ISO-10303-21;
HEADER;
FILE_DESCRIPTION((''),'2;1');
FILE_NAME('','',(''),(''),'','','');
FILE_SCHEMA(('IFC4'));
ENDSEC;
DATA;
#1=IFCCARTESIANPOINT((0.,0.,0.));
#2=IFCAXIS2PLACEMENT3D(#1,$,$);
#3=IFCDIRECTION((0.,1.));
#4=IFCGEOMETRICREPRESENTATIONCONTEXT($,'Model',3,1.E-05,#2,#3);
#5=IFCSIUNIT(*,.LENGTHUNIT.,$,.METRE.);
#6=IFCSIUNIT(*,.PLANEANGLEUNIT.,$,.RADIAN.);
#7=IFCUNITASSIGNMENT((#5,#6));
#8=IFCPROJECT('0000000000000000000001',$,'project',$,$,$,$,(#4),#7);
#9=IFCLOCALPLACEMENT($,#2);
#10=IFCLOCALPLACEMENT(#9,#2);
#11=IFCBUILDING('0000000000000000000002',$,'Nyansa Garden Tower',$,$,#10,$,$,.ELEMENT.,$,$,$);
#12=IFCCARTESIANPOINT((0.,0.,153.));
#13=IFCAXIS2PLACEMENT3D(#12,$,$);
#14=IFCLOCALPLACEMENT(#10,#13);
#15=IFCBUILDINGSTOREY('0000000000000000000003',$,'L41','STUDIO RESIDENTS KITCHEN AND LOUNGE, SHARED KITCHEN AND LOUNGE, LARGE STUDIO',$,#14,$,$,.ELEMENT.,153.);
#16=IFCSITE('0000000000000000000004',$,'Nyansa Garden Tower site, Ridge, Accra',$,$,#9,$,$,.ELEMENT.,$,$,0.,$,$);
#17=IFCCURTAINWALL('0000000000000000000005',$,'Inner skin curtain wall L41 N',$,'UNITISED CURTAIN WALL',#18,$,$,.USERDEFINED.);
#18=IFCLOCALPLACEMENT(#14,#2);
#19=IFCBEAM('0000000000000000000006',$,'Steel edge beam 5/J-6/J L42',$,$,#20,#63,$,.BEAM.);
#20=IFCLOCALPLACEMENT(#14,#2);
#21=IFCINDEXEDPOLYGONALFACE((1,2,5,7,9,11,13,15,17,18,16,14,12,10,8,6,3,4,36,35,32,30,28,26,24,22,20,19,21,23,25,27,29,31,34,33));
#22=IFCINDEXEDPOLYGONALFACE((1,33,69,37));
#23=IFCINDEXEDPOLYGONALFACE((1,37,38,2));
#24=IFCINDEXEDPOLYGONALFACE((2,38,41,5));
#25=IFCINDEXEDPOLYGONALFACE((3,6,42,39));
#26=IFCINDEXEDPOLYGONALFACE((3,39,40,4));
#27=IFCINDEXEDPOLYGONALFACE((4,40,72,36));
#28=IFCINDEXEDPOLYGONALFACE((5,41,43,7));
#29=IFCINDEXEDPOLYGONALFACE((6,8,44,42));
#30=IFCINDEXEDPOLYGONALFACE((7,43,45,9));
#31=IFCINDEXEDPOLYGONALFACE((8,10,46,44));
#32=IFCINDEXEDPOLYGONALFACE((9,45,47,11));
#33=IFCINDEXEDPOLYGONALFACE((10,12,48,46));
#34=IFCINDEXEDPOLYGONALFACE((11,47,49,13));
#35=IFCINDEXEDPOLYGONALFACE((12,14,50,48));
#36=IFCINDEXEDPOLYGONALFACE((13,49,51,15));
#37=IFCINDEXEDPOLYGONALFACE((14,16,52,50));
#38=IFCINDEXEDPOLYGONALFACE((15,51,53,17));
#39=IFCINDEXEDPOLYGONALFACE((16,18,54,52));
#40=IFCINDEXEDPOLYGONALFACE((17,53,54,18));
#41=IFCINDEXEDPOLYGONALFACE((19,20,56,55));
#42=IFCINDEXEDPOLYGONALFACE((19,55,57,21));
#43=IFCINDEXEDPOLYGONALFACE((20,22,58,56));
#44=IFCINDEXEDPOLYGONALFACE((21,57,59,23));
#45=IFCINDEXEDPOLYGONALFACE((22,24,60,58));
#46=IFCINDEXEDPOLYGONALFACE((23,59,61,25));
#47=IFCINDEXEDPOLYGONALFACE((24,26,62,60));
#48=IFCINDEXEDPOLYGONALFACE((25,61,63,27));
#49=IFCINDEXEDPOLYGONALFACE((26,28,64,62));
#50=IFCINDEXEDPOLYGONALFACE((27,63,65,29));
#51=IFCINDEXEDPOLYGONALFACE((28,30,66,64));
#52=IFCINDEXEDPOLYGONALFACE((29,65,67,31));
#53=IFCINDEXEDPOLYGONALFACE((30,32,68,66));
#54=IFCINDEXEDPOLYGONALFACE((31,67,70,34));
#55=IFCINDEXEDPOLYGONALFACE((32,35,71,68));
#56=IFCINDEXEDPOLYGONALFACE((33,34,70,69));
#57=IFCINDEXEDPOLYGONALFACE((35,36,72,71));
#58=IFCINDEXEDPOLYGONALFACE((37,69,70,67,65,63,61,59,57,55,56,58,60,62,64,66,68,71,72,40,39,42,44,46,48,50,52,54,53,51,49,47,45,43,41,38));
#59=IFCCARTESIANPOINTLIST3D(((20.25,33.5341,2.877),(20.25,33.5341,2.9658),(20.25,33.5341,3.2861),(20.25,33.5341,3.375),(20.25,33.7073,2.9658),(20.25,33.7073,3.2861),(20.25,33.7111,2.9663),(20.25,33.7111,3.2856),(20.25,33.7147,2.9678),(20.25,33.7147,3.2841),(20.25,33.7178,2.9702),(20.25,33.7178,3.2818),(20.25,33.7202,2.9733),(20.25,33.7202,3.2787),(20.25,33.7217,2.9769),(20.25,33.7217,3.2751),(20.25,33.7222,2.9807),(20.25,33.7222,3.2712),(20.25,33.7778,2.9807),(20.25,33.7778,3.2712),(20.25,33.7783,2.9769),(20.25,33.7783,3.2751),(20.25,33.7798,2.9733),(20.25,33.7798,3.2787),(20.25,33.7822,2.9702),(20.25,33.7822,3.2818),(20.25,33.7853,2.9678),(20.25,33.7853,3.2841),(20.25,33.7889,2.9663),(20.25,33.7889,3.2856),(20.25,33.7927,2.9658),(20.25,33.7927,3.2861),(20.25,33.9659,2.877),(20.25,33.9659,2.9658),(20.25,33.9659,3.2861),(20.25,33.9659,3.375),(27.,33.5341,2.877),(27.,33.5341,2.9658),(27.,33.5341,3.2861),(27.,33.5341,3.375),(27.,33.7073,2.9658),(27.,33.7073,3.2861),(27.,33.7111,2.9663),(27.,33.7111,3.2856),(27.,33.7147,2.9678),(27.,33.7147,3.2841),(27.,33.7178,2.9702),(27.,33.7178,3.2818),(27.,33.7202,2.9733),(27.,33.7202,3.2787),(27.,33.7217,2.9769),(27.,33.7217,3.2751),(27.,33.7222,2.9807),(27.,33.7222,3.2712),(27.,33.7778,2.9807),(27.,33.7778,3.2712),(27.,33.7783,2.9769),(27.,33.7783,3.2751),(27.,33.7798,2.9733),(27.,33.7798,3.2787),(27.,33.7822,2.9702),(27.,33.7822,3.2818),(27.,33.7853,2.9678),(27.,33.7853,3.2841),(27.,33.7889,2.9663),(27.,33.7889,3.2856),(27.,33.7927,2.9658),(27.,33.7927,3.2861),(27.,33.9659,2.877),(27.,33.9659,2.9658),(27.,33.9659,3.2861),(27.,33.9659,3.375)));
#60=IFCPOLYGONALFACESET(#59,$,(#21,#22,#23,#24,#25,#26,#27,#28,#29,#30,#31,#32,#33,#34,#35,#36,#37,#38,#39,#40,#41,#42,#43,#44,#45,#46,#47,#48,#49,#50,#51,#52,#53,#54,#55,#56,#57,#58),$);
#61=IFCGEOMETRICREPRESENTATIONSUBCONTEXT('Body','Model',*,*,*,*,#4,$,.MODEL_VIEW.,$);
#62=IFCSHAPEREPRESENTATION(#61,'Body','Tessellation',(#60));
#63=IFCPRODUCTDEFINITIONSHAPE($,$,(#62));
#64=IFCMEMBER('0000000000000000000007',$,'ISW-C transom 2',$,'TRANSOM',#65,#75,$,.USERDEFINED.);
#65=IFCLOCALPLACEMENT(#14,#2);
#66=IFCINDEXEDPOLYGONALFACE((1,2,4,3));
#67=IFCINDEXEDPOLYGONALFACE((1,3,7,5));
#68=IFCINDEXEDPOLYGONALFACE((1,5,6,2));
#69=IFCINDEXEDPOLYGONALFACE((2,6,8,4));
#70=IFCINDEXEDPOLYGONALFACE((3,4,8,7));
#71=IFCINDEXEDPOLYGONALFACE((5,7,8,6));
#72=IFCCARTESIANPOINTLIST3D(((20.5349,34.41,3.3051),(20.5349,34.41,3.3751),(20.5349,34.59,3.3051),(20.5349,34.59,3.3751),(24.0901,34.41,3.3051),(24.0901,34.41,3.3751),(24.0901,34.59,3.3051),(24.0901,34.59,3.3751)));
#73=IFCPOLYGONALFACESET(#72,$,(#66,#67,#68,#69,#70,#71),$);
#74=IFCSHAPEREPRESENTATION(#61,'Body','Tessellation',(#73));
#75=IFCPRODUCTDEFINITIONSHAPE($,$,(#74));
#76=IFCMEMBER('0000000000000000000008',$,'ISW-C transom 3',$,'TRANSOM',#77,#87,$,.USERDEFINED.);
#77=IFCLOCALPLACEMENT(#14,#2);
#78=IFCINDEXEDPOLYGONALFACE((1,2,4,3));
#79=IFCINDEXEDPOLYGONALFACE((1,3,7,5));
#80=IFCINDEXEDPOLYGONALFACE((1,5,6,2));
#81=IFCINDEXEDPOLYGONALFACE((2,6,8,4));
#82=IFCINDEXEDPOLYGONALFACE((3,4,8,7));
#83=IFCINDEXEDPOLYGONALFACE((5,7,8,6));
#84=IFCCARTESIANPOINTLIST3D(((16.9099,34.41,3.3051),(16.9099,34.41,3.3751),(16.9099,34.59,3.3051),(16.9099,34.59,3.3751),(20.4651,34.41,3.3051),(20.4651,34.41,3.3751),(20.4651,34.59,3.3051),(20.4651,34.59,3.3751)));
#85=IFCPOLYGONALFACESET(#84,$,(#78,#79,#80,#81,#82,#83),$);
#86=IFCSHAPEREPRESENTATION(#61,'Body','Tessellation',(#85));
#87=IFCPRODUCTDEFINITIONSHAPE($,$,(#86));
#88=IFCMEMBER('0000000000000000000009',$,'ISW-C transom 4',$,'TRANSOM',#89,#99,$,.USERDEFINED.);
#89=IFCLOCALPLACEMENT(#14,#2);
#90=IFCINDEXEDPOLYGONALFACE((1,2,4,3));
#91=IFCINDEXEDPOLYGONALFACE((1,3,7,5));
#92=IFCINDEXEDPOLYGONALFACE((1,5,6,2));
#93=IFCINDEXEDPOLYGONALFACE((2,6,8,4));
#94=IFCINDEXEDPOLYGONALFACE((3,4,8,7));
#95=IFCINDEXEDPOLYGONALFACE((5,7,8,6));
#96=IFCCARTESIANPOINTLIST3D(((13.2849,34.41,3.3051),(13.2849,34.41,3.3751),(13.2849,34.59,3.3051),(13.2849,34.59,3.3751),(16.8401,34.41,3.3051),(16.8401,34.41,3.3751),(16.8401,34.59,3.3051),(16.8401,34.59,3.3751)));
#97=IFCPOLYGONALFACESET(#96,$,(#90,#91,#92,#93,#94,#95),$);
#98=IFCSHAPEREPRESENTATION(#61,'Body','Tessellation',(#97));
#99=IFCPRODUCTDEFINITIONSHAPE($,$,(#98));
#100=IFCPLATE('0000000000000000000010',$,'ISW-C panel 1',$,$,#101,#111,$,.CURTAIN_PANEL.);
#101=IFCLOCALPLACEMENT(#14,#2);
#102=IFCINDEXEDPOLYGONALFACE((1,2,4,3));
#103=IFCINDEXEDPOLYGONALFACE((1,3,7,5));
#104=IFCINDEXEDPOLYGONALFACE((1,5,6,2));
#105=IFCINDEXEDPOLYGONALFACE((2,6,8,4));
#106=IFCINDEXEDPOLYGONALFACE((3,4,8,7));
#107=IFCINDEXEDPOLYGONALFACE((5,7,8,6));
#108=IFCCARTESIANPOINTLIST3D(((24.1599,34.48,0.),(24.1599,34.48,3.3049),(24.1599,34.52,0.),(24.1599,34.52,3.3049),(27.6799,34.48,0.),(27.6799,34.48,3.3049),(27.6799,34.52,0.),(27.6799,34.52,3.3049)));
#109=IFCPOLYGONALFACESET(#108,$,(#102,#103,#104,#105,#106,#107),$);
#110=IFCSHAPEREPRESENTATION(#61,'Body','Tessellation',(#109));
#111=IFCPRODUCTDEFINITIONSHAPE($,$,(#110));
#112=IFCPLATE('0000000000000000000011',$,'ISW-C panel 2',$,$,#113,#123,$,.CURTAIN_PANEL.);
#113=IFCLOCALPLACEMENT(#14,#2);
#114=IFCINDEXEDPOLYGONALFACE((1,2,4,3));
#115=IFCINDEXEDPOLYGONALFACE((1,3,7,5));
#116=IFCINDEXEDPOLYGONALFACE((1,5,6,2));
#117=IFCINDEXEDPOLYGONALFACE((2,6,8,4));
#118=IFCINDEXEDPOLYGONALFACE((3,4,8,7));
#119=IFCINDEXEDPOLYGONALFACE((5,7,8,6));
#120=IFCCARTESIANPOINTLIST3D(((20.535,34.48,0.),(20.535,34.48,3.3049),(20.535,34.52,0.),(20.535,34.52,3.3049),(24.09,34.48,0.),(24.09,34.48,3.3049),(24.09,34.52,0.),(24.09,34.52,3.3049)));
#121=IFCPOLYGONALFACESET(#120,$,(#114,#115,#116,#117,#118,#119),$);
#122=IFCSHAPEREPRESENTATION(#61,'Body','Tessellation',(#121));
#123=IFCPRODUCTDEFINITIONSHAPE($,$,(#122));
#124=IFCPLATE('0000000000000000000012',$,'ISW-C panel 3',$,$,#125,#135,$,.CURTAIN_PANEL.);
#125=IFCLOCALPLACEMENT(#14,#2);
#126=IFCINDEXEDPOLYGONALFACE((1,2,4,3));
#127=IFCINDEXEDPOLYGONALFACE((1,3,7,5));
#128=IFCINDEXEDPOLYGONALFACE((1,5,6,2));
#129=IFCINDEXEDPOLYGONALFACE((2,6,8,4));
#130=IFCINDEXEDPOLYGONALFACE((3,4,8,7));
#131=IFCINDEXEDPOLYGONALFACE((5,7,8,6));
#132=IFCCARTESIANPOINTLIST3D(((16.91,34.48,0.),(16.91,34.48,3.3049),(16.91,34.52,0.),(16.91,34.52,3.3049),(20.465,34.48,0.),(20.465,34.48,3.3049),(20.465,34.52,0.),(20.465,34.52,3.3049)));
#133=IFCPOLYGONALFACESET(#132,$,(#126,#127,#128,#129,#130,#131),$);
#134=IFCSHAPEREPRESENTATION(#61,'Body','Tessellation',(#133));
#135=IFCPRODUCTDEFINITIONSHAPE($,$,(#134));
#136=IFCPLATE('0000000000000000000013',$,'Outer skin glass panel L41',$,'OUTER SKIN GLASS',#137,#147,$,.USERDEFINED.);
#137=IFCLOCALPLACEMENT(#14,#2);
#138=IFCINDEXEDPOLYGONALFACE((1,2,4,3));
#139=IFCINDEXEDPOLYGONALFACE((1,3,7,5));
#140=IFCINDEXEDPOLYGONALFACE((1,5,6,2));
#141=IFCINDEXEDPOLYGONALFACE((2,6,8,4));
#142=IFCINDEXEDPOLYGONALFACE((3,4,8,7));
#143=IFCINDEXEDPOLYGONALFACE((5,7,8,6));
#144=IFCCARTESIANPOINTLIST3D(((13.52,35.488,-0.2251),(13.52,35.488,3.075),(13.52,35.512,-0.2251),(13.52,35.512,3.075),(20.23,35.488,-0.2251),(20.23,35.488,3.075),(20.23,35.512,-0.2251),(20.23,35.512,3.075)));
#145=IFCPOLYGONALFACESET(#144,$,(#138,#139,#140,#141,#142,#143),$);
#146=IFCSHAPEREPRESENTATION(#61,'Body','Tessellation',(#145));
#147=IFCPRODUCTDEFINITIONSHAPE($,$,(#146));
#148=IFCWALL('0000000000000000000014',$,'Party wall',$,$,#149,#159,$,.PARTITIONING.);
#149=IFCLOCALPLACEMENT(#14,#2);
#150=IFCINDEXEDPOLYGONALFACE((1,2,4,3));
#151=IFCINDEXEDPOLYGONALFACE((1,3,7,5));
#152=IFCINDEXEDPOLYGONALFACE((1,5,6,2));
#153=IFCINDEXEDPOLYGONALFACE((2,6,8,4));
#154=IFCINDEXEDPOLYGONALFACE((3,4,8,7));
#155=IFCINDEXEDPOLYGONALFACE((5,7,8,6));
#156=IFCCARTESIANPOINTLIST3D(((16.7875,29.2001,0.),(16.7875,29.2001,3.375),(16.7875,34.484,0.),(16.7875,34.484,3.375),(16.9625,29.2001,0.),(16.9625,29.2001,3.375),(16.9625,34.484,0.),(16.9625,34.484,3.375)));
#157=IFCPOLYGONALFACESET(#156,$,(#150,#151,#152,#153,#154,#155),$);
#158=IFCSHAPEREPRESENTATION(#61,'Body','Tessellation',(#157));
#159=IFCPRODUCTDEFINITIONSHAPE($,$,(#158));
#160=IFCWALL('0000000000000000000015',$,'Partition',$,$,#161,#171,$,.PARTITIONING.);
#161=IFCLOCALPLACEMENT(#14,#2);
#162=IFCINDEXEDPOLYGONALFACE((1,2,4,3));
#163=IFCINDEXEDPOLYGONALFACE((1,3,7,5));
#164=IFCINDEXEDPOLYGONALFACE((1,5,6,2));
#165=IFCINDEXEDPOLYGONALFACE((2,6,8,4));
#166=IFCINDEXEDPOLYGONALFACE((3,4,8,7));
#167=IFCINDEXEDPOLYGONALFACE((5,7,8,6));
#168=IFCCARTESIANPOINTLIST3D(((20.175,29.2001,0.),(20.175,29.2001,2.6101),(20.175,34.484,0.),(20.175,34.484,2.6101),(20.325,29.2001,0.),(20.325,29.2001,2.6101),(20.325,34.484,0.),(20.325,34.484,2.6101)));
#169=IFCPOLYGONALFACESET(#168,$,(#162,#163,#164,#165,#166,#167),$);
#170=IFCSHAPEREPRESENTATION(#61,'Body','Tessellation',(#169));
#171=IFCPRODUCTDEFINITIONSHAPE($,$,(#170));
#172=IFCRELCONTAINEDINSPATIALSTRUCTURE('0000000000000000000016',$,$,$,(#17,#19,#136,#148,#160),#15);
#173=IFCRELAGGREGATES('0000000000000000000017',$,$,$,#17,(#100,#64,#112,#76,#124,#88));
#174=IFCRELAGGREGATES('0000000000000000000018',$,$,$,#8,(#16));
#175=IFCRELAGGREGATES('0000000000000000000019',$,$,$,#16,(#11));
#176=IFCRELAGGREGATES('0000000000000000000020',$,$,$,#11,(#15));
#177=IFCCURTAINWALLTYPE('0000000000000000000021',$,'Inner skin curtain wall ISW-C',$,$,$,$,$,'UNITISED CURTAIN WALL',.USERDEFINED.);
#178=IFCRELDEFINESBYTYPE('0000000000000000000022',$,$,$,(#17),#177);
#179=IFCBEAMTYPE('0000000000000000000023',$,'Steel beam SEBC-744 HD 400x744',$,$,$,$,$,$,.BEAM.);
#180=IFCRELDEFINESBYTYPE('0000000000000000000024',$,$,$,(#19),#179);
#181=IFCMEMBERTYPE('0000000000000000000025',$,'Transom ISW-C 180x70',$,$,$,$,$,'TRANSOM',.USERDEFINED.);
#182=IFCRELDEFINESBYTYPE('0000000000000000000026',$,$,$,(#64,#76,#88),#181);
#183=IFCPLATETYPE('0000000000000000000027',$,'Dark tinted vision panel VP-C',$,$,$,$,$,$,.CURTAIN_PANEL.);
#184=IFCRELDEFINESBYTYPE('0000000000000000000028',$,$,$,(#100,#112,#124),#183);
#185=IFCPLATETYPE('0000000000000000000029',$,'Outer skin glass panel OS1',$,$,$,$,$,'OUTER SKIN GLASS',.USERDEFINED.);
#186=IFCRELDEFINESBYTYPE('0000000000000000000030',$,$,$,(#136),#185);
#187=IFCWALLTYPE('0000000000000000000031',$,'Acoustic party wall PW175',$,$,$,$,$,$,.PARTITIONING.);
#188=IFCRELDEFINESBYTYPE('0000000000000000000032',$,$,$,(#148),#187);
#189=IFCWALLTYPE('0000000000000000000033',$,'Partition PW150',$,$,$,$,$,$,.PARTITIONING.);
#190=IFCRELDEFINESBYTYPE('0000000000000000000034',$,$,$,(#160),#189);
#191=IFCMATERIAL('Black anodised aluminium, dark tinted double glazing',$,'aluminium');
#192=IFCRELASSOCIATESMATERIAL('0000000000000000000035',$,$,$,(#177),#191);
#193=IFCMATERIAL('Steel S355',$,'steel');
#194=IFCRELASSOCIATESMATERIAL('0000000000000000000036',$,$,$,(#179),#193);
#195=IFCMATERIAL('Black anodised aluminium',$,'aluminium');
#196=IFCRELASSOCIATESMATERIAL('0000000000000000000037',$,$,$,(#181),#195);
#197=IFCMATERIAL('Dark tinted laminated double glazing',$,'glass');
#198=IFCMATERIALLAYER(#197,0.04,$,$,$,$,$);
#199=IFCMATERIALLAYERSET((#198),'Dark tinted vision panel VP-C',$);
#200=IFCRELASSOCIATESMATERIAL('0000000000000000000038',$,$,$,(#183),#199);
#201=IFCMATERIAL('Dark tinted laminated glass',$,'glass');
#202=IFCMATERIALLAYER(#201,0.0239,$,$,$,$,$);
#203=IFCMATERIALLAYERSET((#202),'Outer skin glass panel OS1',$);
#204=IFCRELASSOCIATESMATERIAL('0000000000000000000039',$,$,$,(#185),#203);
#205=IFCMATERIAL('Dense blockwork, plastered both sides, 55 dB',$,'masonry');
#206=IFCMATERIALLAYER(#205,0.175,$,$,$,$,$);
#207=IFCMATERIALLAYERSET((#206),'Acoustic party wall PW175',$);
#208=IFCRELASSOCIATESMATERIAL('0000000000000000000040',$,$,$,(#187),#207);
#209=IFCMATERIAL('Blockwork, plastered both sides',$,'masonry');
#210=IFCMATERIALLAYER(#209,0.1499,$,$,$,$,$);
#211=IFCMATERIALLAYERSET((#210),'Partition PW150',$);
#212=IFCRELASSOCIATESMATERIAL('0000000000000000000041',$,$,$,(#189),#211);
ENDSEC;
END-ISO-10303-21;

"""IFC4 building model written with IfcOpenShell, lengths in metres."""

from ifc_helpers import new_model, si_unit, direction, frame, frame_2d, origin, origin_2d, place, context, subcontext, project, spatial, rectangle, i_section, extrude, material, layer, layer_set, material_profile, profile_set, type_object, element, aggregate, save


model = new_model("IFC4")

# Units and contexts
model_context = context("Model", 3, precision=1e-05, world=origin(), true_north=direction((0.0, 1.0)))
body_context = subcontext(model_context, "Body", "Model", "MODEL_VIEW")
ifc_project = project(units=[si_unit("LENGTHUNIT", "METRE"), si_unit("PLANEANGLEUNIT", "RADIAN")], contexts=[model_context])

# Site, building, storey
site_placement = place(None, origin())
site = spatial("IfcSite", under=ifc_project, at=site_placement, Name="Nyansa Garden Tower site, Ridge, Accra", CompositionType="ELEMENT", RefElevation=0.0)
building_placement = place(site_placement, origin())
building = spatial("IfcBuilding", under=site, at=building_placement, Name="Nyansa Garden Tower", CompositionType="ELEMENT")
storey_placement = place(building_placement, frame((0.0, 0.0, 153.0)))
storey = spatial("IfcBuildingStorey", under=building, at=storey_placement, Name="L41", Description="STUDIO RESIDENTS KITCHEN AND LOUNGE, SHARED KITCHEN AND LOUNGE, LARGE STUDIO", CompositionType="ELEMENT", Elevation=153.0)

# Curtain wall
ifc_material_1 = material(Name="Black anodised aluminium, dark tinted double glazing", Category="aluminium")
curtain_wall_type = type_object("IfcCurtainWallType", Name="Inner skin curtain wall ISW-C", ElementType="UNITISED CURTAIN WALL", PredefinedType="USERDEFINED", material=ifc_material_1)
curtain_wall_placement = place(storey_placement, origin())
curtain_wall = element("IfcCurtainWall", 1, at=curtain_wall_placement, inside=storey, type_object=curtain_wall_type, Name="Inner skin curtain wall L41 N", ObjectType="UNITISED CURTAIN WALL", PredefinedType="USERDEFINED")

# Beam
ifc_material_2 = material(Name="Steel S355", Category="steel")
ifc_material_profile_1 = material_profile(ifc_material_2, i_section(OverallWidth=0.4319, OverallDepth=0.498, WebThickness=0.0557, FlangeThickness=0.0889, FilletRadius=0.0149, at=origin_2d()), Name="HD 400x744")
ifc_profile_set_1 = profile_set([ifc_material_profile_1], Name="Steel S355")
beam_type_1 = type_object("IfcBeamType", Name="Steel beam SEBC-744 HD 400x744", PredefinedType="BEAM", material=ifc_profile_set_1)
beam_1_placement = place(storey_placement, frame((20.25, 33.75, 3.126), z_axis=(1.0, 0.0, 0.0), x_axis=(0.0, 1.0, 0.0)))
element("IfcBeam", 2, at=beam_1_placement, inside=storey, type_object=beam_type_1, Name="Steel edge beam 5/J-6/J L42", PredefinedType="BEAM", context=body_context, shape_type="SweptSolid", body=[
    extrude(i_section(OverallWidth=0.4319, OverallDepth=0.498, WebThickness=0.0557, FlangeThickness=0.0889, FilletRadius=0.0149, at=origin_2d()), origin(), (0.0, 0.0, 1.0), 6.75),
])

# Members
ifc_material_3 = material(Name="Black anodised aluminium", Category="aluminium")
ifc_material_profile_2 = material_profile(ifc_material_3, rectangle(XDim=0.1799, YDim=0.0701, at=origin_2d()), Name="Transom 180x70")
ifc_profile_set_2 = profile_set([ifc_material_profile_2], Name="Black anodised aluminium")
member_type_1 = type_object("IfcMemberType", Name="Transom ISW-C 180x70", ElementType="TRANSOM", PredefinedType="USERDEFINED", material=ifc_profile_set_2)
member_1_placement = place(storey_placement, frame((24.0901, 34.5, 3.3401), z_axis=(-1.0, 0.0, 0.0), x_axis=(0.0, -1.0, 0.0)))
member_1 = element("IfcMember", 3, at=member_1_placement, type_object=member_type_1, Name="ISW-C transom 2", ObjectType="TRANSOM", PredefinedType="USERDEFINED", context=body_context, shape_type="SweptSolid", body=[
    extrude(rectangle(XDim=0.1799, YDim=0.0701, at=origin_2d()), origin(), (0.0, 0.0, 1.0), 3.5552),
])
member_2_placement = place(storey_placement, frame((20.4651, 34.5, 3.3401), z_axis=(-1.0, 0.0, 0.0), x_axis=(0.0, -1.0, 0.0)))
member_2 = element("IfcMember", 4, at=member_2_placement, type_object=member_type_1, Name="ISW-C transom 3", ObjectType="TRANSOM", PredefinedType="USERDEFINED", context=body_context, shape_type="SweptSolid", body=[
    extrude(rectangle(XDim=0.1799, YDim=0.0701, at=origin_2d()), origin(), (0.0, 0.0, 1.0), 3.5552),
])
member_3_placement = place(storey_placement, frame((16.8401, 34.5, 3.3401), z_axis=(-1.0, 0.0, 0.0), x_axis=(0.0, -1.0, 0.0)))
member_3 = element("IfcMember", 5, at=member_3_placement, type_object=member_type_1, Name="ISW-C transom 4", ObjectType="TRANSOM", PredefinedType="USERDEFINED", context=body_context, shape_type="SweptSolid", body=[
    extrude(rectangle(XDim=0.1799, YDim=0.0701, at=origin_2d()), origin(), (0.0, 0.0, 1.0), 3.5552),
])

# Plates
ifc_material_4 = material(Name="Dark tinted laminated double glazing", Category="glass")
ifc_layer_1 = layer(ifc_material_4, 0.04)
ifc_layer_set_1 = layer_set([ifc_layer_1], Name="Dark tinted vision panel VP-C")
plate_type_1 = type_object("IfcPlateType", Name="Dark tinted vision panel VP-C", PredefinedType="CURTAIN_PANEL", material=ifc_layer_set_1)
plate_1_placement = place(storey_placement, frame((25.9199, 34.5, 0.0), z_axis=(0.0, 0.0, 1.0), x_axis=(-1.0, 0.0, 0.0)))
plate_1 = element("IfcPlate", 6, at=plate_1_placement, type_object=plate_type_1, Name="ISW-C panel 1", PredefinedType="CURTAIN_PANEL", context=body_context, shape_type="SweptSolid", body=[
    extrude(rectangle(XDim=3.52, YDim=0.04, at=origin_2d()), origin(), (0.0, 0.0, 1.0), 3.3049),
])
plate_2_placement = place(storey_placement, frame((22.3125, 34.5, 0.0), z_axis=(0.0, 0.0, 1.0), x_axis=(-1.0, 0.0, 0.0)))
plate_2 = element("IfcPlate", 7, at=plate_2_placement, type_object=plate_type_1, Name="ISW-C panel 2", PredefinedType="CURTAIN_PANEL", context=body_context, shape_type="SweptSolid", body=[
    extrude(rectangle(XDim=3.5549, YDim=0.04, at=origin_2d()), origin(), (0.0, 0.0, 1.0), 3.3049),
])
plate_3_placement = place(storey_placement, frame((18.6875, 34.5, 0.0), z_axis=(0.0, 0.0, 1.0), x_axis=(-1.0, 0.0, 0.0)))
plate_3 = element("IfcPlate", 8, at=plate_3_placement, type_object=plate_type_1, Name="ISW-C panel 3", PredefinedType="CURTAIN_PANEL", context=body_context, shape_type="SweptSolid", body=[
    extrude(rectangle(XDim=3.5549, YDim=0.04, at=origin_2d()), origin(), (0.0, 0.0, 1.0), 3.3049),
])
aggregate(curtain_wall, [plate_1, member_1, plate_2, member_2, plate_3, member_3])
ifc_material_5 = material(Name="Dark tinted laminated glass", Category="glass")
ifc_layer_2 = layer(ifc_material_5, 0.0239)
ifc_layer_set_2 = layer_set([ifc_layer_2], Name="Outer skin glass panel OS1")
plate_type_2 = type_object("IfcPlateType", Name="Outer skin glass panel OS1", ElementType="OUTER SKIN GLASS", PredefinedType="USERDEFINED", material=ifc_layer_set_2)
plate_4_placement = place(storey_placement, frame((16.875, 35.5, -0.2251), z_axis=(0.0, 0.0, 1.0), x_axis=(1.0, 0.0, 0.0)))
element("IfcPlate", 9, at=plate_4_placement, inside=storey, type_object=plate_type_2, Name="Outer skin glass panel L41", ObjectType="OUTER SKIN GLASS", PredefinedType="USERDEFINED", context=body_context, shape_type="SweptSolid", body=[
    extrude(rectangle(XDim=6.71, YDim=0.0239, at=origin_2d()), origin(), (0.0, 0.0, 1.0), 3.3),
])

# Walls
ifc_material_6 = material(Name="Dense blockwork, plastered both sides, 55 dB", Category="masonry")
ifc_layer_3 = layer(ifc_material_6, 0.175)
ifc_layer_set_3 = layer_set([ifc_layer_3], Name="Acoustic party wall PW175")
wall_type_1 = type_object("IfcWallType", Name="Acoustic party wall PW175", PredefinedType="PARTITIONING", material=ifc_layer_set_3)
wall_1_placement = place(storey_placement, frame((16.875, 29.2, 0.0), z_axis=(0.0, 0.0, 1.0), x_axis=(0.0, 1.0, 0.0)))
element("IfcWall", 10, at=wall_1_placement, inside=storey, type_object=wall_type_1, Name="Party wall", PredefinedType="PARTITIONING", context=body_context, shape_type="SweptSolid", body=[
    extrude(rectangle(XDim=5.2839, YDim=0.175, at=frame_2d((2.6421, 0.0))), origin(), (0.0, 0.0, 1.0), 3.375),
])
ifc_material_7 = material(Name="Blockwork, plastered both sides", Category="masonry")
ifc_layer_4 = layer(ifc_material_7, 0.1499)
ifc_layer_set_4 = layer_set([ifc_layer_4], Name="Partition PW150")
wall_type_2 = type_object("IfcWallType", Name="Partition PW150", PredefinedType="PARTITIONING", material=ifc_layer_set_4)
wall_2_placement = place(storey_placement, frame((20.25, 29.2, 0.0), z_axis=(0.0, 0.0, 1.0), x_axis=(0.0, 1.0, 0.0)))
element("IfcWall", 11, at=wall_2_placement, inside=storey, type_object=wall_type_2, Name="Partition", PredefinedType="PARTITIONING", context=body_context, shape_type="SweptSolid", body=[
    extrude(rectangle(XDim=5.2839, YDim=0.1499, at=frame_2d((2.6421, 0.0))), origin(), (0.0, 0.0, 1.0), 2.6101),
])

save(model, "model.ifc")
